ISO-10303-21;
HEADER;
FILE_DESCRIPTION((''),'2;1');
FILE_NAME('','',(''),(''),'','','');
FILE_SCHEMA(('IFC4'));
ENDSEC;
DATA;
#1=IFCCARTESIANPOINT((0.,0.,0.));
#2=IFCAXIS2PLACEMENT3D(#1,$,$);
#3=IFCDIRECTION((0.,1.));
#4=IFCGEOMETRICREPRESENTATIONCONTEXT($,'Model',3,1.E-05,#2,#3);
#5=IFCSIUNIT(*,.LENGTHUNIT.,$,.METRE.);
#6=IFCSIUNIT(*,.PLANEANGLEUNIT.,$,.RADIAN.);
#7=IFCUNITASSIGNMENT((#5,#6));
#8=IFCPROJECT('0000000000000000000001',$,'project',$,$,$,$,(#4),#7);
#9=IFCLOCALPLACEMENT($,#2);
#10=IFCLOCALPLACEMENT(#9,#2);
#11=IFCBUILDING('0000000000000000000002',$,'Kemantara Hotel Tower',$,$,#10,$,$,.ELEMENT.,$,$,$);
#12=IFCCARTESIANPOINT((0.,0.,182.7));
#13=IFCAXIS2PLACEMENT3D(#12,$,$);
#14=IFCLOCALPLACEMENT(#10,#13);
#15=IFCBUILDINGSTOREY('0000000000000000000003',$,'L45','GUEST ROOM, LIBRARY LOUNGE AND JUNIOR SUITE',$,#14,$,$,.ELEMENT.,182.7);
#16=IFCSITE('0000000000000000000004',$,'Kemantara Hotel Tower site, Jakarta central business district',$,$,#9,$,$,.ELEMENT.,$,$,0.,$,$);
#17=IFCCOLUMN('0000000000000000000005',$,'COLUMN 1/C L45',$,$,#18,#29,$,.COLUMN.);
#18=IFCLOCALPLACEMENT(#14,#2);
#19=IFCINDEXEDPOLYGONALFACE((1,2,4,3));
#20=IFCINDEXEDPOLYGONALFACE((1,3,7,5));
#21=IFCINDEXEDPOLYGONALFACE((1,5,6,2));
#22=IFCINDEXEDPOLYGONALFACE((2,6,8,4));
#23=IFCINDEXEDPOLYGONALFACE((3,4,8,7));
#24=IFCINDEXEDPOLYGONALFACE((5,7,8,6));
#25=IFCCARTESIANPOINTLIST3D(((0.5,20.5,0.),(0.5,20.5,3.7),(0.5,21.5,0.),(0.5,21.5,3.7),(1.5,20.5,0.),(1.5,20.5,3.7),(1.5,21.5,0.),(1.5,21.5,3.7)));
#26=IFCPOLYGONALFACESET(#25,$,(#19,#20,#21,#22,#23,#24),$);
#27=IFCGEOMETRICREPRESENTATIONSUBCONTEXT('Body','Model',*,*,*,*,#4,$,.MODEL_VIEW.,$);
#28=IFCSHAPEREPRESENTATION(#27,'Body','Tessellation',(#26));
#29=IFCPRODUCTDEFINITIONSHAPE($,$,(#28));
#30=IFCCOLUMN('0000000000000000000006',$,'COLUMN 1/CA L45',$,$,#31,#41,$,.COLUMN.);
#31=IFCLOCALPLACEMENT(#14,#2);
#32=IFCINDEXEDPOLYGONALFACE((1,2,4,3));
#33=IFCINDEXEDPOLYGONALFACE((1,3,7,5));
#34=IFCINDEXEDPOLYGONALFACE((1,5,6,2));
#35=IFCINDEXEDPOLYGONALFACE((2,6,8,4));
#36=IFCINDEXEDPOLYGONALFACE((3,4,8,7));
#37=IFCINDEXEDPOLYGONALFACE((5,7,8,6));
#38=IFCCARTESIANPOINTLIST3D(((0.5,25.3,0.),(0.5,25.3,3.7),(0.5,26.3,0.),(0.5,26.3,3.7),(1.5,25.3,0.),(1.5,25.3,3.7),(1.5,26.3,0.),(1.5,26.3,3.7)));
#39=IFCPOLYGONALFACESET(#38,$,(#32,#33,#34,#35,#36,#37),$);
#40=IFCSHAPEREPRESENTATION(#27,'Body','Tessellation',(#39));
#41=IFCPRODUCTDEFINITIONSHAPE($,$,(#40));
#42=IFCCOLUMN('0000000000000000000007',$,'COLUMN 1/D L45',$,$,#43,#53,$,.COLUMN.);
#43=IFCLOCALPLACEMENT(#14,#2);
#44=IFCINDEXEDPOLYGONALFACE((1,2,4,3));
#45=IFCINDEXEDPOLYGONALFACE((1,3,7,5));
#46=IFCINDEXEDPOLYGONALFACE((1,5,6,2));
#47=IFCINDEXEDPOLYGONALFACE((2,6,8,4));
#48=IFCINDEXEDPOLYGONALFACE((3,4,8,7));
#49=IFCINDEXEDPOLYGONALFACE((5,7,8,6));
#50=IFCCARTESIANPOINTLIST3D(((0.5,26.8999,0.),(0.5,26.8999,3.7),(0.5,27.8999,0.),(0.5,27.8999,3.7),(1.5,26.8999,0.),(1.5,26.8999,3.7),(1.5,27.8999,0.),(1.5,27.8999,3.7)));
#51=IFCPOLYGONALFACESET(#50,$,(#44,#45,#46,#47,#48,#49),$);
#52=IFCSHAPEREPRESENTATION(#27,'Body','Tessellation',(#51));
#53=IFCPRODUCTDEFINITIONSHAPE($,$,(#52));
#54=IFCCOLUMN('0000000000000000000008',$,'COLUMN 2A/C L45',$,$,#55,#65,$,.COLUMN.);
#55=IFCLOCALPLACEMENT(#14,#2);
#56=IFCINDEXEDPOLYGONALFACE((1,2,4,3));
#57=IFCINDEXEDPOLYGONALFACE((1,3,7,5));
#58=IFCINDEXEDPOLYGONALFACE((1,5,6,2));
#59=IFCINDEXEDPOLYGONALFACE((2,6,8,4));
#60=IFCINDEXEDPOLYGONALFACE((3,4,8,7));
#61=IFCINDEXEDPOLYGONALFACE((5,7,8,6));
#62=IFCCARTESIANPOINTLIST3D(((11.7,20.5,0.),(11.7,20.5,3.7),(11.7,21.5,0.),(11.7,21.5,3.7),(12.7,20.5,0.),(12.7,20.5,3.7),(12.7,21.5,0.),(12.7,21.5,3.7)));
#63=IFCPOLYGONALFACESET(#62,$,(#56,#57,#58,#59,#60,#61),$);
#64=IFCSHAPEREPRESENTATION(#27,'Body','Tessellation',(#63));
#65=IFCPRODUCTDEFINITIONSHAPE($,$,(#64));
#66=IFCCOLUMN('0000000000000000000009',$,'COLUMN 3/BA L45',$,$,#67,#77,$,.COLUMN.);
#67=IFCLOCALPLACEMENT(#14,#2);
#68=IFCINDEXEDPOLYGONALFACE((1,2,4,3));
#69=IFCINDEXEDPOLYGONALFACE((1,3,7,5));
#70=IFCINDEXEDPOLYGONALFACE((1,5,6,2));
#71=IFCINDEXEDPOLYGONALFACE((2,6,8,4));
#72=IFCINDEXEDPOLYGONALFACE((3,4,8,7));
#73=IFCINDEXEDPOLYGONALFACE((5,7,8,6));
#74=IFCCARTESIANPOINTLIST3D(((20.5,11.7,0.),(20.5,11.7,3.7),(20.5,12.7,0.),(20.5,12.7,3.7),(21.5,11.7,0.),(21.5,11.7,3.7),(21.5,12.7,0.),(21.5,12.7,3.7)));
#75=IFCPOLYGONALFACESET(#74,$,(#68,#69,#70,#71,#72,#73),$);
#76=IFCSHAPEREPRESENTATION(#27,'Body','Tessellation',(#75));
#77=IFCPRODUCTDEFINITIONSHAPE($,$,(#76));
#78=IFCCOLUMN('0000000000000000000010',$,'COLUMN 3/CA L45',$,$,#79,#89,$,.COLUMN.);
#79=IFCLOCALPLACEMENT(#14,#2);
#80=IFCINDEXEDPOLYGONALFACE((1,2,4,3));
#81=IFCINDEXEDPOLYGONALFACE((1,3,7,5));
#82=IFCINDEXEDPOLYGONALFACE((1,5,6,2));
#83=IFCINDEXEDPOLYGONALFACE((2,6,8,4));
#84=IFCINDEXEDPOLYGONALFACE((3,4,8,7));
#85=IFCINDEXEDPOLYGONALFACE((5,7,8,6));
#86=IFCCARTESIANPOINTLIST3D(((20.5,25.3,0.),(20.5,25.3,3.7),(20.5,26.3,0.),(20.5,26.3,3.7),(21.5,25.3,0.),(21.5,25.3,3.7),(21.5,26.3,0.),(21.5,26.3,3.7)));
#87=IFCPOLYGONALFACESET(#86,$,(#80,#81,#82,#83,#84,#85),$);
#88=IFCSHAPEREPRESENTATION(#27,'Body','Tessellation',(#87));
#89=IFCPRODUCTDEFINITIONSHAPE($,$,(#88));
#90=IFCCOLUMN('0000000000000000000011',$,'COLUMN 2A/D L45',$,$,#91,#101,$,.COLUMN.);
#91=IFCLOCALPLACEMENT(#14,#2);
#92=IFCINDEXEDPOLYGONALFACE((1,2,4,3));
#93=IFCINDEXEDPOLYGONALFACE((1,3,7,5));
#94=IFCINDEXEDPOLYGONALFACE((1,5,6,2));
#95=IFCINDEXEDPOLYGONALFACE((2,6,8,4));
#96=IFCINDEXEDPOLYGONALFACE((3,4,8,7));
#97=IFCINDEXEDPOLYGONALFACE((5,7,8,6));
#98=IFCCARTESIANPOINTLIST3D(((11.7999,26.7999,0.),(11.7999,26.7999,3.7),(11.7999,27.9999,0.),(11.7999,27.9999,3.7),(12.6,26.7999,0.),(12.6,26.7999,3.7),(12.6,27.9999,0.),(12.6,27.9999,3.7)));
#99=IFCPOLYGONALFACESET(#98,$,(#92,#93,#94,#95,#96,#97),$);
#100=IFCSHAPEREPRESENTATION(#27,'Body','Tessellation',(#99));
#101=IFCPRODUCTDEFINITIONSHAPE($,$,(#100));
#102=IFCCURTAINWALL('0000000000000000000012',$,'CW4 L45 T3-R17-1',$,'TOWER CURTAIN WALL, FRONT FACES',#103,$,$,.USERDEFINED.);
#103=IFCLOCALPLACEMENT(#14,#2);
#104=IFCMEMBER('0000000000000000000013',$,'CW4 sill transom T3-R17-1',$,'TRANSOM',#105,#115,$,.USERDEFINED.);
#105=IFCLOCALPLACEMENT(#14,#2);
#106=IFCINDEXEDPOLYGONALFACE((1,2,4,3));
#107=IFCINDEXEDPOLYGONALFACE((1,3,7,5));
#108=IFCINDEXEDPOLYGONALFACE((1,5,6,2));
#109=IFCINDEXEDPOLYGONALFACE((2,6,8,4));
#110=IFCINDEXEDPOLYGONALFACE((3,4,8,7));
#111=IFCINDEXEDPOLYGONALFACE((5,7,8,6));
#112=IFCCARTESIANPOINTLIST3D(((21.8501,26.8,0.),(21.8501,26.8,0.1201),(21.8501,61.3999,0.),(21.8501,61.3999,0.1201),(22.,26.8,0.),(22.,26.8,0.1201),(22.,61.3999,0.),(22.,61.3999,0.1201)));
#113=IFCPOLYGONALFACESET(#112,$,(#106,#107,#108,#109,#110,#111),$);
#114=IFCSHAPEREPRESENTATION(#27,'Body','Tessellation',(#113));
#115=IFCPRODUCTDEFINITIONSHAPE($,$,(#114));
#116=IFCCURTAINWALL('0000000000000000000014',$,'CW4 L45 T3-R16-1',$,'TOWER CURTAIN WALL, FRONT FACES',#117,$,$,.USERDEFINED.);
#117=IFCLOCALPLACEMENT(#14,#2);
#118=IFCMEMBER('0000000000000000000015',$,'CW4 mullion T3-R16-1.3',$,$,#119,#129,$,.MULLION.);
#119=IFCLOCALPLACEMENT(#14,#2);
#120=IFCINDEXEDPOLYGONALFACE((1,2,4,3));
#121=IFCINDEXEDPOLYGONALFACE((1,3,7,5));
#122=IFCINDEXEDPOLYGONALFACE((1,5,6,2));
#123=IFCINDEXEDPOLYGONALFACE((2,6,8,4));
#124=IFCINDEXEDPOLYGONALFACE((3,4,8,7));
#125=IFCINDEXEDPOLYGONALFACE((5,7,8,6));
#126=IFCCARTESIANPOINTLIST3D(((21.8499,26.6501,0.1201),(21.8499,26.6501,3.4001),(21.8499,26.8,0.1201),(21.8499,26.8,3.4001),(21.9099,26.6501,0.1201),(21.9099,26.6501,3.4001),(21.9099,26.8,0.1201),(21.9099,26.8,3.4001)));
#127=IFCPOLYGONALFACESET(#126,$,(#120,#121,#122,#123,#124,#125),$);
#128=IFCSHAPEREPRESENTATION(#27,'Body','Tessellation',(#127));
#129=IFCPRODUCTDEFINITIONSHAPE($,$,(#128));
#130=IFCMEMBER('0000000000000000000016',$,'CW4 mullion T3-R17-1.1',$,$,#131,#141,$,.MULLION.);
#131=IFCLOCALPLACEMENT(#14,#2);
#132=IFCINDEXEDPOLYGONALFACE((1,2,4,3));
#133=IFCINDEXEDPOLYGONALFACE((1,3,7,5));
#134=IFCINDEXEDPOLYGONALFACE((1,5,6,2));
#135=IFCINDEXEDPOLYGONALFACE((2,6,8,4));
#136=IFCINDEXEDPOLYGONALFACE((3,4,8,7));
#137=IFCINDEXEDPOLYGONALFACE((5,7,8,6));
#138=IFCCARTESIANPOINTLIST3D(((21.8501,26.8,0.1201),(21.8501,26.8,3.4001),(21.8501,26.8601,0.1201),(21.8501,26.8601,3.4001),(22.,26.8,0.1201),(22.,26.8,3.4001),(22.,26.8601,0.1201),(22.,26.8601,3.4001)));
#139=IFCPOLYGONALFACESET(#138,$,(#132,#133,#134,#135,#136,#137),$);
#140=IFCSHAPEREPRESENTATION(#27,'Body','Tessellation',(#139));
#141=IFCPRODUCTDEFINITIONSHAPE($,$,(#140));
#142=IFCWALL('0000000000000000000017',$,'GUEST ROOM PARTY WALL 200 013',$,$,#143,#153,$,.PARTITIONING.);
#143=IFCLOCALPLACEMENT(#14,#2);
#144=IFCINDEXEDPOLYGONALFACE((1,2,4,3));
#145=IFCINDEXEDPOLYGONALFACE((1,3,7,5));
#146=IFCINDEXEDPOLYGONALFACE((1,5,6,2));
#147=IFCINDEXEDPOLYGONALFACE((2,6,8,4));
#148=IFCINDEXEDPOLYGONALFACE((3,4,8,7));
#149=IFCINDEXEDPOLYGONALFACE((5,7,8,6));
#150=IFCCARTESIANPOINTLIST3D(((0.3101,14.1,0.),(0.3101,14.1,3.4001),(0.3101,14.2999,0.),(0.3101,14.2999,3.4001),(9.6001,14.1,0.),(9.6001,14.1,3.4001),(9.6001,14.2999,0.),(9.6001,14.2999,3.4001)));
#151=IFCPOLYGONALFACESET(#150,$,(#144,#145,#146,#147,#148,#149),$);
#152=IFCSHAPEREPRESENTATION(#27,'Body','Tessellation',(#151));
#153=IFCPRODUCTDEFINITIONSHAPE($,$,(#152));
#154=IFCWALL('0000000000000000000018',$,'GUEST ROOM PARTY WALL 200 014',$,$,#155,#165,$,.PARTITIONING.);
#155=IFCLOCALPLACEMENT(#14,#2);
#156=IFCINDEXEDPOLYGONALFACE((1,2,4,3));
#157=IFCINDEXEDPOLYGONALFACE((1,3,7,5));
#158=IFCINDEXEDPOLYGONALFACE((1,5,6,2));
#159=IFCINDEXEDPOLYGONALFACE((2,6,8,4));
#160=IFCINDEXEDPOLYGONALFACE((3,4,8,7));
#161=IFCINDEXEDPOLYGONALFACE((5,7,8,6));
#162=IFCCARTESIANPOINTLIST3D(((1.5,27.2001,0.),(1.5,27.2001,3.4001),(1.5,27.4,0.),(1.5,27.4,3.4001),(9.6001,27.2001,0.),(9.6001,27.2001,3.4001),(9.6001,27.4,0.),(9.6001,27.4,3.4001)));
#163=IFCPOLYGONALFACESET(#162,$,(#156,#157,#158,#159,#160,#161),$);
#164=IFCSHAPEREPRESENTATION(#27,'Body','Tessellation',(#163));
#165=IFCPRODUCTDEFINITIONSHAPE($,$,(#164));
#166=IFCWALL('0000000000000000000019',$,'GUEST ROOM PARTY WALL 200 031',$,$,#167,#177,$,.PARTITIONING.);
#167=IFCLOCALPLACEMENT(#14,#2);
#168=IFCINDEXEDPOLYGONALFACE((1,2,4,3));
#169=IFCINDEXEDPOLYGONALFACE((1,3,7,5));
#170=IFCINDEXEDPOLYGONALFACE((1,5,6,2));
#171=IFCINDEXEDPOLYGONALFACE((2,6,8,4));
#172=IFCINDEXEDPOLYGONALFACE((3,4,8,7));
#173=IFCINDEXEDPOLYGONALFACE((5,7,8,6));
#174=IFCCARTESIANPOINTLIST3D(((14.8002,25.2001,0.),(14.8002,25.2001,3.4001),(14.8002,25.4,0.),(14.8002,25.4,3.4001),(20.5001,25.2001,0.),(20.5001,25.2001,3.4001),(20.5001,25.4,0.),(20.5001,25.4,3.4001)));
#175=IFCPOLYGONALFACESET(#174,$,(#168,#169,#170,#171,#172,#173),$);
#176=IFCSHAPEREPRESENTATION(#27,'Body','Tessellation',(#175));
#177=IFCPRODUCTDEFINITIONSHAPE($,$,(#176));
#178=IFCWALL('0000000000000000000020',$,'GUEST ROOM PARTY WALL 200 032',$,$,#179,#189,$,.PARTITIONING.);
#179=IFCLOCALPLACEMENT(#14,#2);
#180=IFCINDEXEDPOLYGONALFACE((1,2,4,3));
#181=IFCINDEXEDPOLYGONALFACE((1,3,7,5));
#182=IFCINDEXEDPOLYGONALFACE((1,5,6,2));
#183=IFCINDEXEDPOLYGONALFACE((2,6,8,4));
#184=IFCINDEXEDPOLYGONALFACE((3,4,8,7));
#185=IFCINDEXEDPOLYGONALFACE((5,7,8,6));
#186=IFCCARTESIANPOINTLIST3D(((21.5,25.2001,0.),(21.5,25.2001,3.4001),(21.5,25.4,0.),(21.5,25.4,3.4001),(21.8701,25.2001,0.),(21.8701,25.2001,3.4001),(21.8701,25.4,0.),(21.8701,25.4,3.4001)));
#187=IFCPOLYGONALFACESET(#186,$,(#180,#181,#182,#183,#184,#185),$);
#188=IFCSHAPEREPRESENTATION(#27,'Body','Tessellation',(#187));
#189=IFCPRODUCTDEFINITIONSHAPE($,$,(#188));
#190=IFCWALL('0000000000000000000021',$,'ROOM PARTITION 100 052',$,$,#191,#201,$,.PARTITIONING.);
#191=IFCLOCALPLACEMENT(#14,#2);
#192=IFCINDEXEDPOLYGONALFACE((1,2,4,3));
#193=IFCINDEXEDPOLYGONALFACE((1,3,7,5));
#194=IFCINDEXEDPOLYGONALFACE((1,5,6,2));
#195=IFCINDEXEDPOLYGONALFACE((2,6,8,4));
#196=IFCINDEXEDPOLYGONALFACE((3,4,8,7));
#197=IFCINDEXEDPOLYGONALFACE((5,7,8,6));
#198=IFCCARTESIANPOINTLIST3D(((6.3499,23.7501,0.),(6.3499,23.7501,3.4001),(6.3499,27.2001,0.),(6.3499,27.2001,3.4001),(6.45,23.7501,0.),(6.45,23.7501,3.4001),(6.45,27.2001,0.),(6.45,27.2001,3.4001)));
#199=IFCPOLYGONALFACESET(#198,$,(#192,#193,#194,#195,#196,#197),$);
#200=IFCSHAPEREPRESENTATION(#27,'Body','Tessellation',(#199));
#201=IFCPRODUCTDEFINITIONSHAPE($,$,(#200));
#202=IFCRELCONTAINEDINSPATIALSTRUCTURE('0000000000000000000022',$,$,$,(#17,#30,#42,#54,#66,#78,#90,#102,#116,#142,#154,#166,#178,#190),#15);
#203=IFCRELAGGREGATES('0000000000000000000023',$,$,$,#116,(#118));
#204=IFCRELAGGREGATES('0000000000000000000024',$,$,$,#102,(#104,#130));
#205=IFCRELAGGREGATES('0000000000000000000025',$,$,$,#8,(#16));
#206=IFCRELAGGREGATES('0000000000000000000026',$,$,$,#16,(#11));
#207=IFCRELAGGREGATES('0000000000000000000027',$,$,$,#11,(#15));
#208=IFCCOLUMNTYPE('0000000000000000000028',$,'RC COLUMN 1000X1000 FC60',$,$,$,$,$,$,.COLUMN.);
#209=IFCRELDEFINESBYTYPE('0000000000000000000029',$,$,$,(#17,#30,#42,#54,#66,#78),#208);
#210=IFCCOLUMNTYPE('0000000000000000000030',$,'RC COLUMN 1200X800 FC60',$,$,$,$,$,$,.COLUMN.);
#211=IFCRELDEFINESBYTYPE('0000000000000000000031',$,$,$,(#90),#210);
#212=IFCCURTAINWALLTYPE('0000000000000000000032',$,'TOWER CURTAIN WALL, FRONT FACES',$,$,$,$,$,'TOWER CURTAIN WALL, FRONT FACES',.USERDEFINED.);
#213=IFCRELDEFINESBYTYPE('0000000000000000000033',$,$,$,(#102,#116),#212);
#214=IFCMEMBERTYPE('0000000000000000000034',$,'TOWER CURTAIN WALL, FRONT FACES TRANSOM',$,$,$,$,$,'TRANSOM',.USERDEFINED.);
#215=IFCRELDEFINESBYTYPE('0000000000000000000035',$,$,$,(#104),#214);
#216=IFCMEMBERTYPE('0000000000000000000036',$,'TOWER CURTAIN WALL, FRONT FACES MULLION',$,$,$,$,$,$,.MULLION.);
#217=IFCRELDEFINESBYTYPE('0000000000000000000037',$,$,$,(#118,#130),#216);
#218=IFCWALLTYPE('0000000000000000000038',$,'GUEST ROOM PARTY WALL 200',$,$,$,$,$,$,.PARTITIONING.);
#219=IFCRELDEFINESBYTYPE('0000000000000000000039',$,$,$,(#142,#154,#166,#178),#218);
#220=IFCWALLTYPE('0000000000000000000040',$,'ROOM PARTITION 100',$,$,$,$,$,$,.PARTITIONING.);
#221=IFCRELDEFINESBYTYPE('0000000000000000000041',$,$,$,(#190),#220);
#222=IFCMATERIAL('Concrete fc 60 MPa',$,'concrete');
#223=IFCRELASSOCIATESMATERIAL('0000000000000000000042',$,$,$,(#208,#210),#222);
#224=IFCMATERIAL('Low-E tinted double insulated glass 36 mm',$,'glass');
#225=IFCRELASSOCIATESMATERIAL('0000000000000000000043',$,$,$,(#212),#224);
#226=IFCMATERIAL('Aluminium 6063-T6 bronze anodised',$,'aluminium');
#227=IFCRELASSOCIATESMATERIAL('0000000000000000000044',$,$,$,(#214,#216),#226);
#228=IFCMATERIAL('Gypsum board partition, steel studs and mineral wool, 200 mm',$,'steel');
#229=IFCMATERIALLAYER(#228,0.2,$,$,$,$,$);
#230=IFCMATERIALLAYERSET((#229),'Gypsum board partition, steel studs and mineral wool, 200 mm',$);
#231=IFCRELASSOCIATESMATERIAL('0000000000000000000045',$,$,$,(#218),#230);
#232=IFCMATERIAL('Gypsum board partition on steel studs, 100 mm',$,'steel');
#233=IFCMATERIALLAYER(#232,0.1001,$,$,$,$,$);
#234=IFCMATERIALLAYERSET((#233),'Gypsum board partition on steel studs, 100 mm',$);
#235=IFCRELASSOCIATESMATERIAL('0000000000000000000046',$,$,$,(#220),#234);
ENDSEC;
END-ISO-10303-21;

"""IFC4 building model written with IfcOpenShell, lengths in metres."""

from ifc_helpers import new_model, si_unit, direction, frame, frame_2d, origin, origin_2d, place, context, subcontext, project, spatial, rectangle, extrude, source, transform, mapped, material, layer, layer_set, material_profile, profile_set, type_object, element, aggregate, save


model = new_model("IFC4")

# Units and contexts
model_context = context("Model", 3, precision=1e-05, world=origin(), true_north=direction((0.0, 1.0)))
body_context = subcontext(model_context, "Body", "Model", "MODEL_VIEW")
ifc_project = project(units=[si_unit("LENGTHUNIT", "METRE"), si_unit("PLANEANGLEUNIT", "RADIAN")], contexts=[model_context])

# Site, building, storey
site_placement = place(None, origin())
site = spatial("IfcSite", under=ifc_project, at=site_placement, Name="Kemantara Hotel Tower site, Jakarta central business district", CompositionType="ELEMENT", RefElevation=0.0)
building_placement = place(site_placement, origin())
building = spatial("IfcBuilding", under=site, at=building_placement, Name="Kemantara Hotel Tower", CompositionType="ELEMENT")
storey_placement = place(building_placement, frame((0.0, 0.0, 182.7)))
storey = spatial("IfcBuildingStorey", under=building, at=storey_placement, Name="L45", Description="GUEST ROOM, LIBRARY LOUNGE AND JUNIOR SUITE", CompositionType="ELEMENT", Elevation=182.7)

# Columns
ifc_material_1 = material(Name="Concrete fc 60 MPa", Category="concrete")
ifc_material_profile_1 = material_profile(ifc_material_1, rectangle(XDim=1.0, YDim=1.0, at=origin_2d()), Name="RC 1000X1000")
ifc_profile_set_1 = profile_set([ifc_material_profile_1], Name="Concrete fc 60 MPa")
column_type_1 = type_object("IfcColumnType", Name="RC COLUMN 1000X1000 FC60", PredefinedType="COLUMN", material=ifc_profile_set_1)
for number, where, z_axis, x_axis, name in (
    (1, (1.0, 21.0, 0.0), (0.0, 0.0, 1.0), (1.0, 0.0, 0.0), "COLUMN 1/C L45"),
    (2, (1.0, 25.8, 0.0), (0.0, 0.0, 1.0), (1.0, 0.0, 0.0), "COLUMN 1/CA L45"),
    (3, (1.0, 27.3999, 0.0), (0.0, 0.0, 1.0), (1.0, 0.0, 0.0), "COLUMN 1/D L45"),
    (4, (12.2, 21.0, 0.0), (0.0, 0.0, 1.0), (1.0, 0.0, 0.0), "COLUMN 2A/C L45"),
    (5, (21.0, 12.2, 0.0), (0.0, 0.0, 1.0), (1.0, 0.0, 0.0), "COLUMN 3/BA L45"),
    (6, (21.0, 25.8, 0.0), (0.0, 0.0, 1.0), (1.0, 0.0, 0.0), "COLUMN 3/CA L45"),
):
    element("IfcColumn", number, at=place(storey_placement, frame(where, z_axis=z_axis, x_axis=x_axis)), inside=storey, type_object=column_type_1, Name=name, PredefinedType="COLUMN", context=body_context, shape_type="SweptSolid", body=[
        extrude(rectangle(XDim=1.0, YDim=1.0, at=origin_2d()), origin(), (0.0, 0.0, 1.0), 3.7),
    ])
ifc_material_profile_2 = material_profile(ifc_material_1, rectangle(XDim=1.2, YDim=0.8, at=origin_2d()), Name="RC 1200X800")
ifc_profile_set_2 = profile_set([ifc_material_profile_2], Name="Concrete fc 60 MPa")
column_type_2 = type_object("IfcColumnType", Name="RC COLUMN 1200X800 FC60", PredefinedType="COLUMN", material=ifc_profile_set_2)
column_placement = place(storey_placement, frame((12.2, 27.3999, 0.0), z_axis=(0.0, 0.0, 1.0), x_axis=(0.0, 1.0, 0.0)))
element("IfcColumn", 7, at=column_placement, inside=storey, type_object=column_type_2, Name="COLUMN 2A/D L45", PredefinedType="COLUMN", context=body_context, shape_type="SweptSolid", body=[
    extrude(rectangle(XDim=1.2, YDim=0.8, at=origin_2d()), origin(), (0.0, 0.0, 1.0), 3.7),
])

# Curtain walls, members
ifc_material_2 = material(Name="Low-E tinted double insulated glass 36 mm", Category="glass")
curtain_wall_type = type_object("IfcCurtainWallType", Name="TOWER CURTAIN WALL, FRONT FACES", ElementType="TOWER CURTAIN WALL, FRONT FACES", PredefinedType="USERDEFINED", material=ifc_material_2)
curtain_wall_1_placement = place(storey_placement, origin())
curtain_wall_1 = element("IfcCurtainWall", 8, at=curtain_wall_1_placement, inside=storey, type_object=curtain_wall_type, Name="CW4 L45 T3-R17-1", ObjectType="TOWER CURTAIN WALL, FRONT FACES", PredefinedType="USERDEFINED")
ifc_material_3 = material(Name="Aluminium 6063-T6 bronze anodised", Category="aluminium")
ifc_material_profile_3 = material_profile(ifc_material_3, rectangle(XDim=0.1499, YDim=0.1201, at=origin_2d()), Name="TOWER CURTAIN WALL, FRONT FACES TRANSOM")
ifc_profile_set_3 = profile_set([ifc_material_profile_3], Name="Aluminium 6063-T6 bronze anodised")
member_type_1 = type_object("IfcMemberType", Name="TOWER CURTAIN WALL, FRONT FACES TRANSOM", ElementType="TRANSOM", PredefinedType="USERDEFINED", material=ifc_profile_set_3)
member_1_placement = place(storey_placement, frame((21.925, 26.8, 0.0601), z_axis=(0.0, 1.0, 0.0), x_axis=(-1.0, 0.0, 0.0)))
member_1 = element("IfcMember", 9, at=member_1_placement, type_object=member_type_1, Name="CW4 sill transom T3-R17-1", ObjectType="TRANSOM", PredefinedType="USERDEFINED", context=body_context, shape_type="SweptSolid", body=[
    extrude(rectangle(XDim=0.1499, YDim=0.1201, at=origin_2d()), origin(), (0.0, 0.0, 1.0), 34.5999),
])
curtain_wall_2_placement = place(storey_placement, origin())
curtain_wall_2 = element("IfcCurtainWall", 10, at=curtain_wall_2_placement, inside=storey, type_object=curtain_wall_type, Name="CW4 L45 T3-R16-1", ObjectType="TOWER CURTAIN WALL, FRONT FACES", PredefinedType="USERDEFINED")
ifc_material_profile_4 = material_profile(ifc_material_3, rectangle(XDim=0.1499, YDim=0.0601, at=origin_2d()), Name="TOWER CURTAIN WALL, FRONT FACES MULLION")
ifc_profile_set_4 = profile_set([ifc_material_profile_4], Name="Aluminium 6063-T6 bronze anodised")
member_type_2 = type_object("IfcMemberType", Name="TOWER CURTAIN WALL, FRONT FACES MULLION", PredefinedType="MULLION", material=ifc_profile_set_4)
shared_shape_1 = source(origin(), body_context, "Body", "SweptSolid", [
    extrude(rectangle(XDim=0.1499, YDim=0.0601, at=origin_2d()), origin(), (0.0, 0.0, 1.0), 3.28),
])
member_2_placement = place(storey_placement, frame((21.8799, 26.7251, 0.1201), z_axis=(0.0, 0.0, 1.0), x_axis=(0.0, -1.0, 0.0)))
member_2 = element("IfcMember", 11, at=member_2_placement, type_object=member_type_2, Name="CW4 mullion T3-R16-1.3", PredefinedType="MULLION", context=body_context, shape_type="MappedRepresentation", body=[
    mapped(shared_shape_1, transform((0.0, 0.0, 0.0))),
])
aggregate(curtain_wall_2, [member_2])

# Member
member_3_placement = place(storey_placement, frame((21.925, 26.8301, 0.1201), z_axis=(0.0, 0.0, 1.0), x_axis=(-1.0, 0.0, 0.0)))
member_3 = element("IfcMember", 12, at=member_3_placement, type_object=member_type_2, Name="CW4 mullion T3-R17-1.1", PredefinedType="MULLION", context=body_context, shape_type="MappedRepresentation", body=[
    mapped(shared_shape_1, transform((0.0, 0.0, 0.0))),
])
aggregate(curtain_wall_1, [member_1, member_3])

# Walls
ifc_material_4 = material(Name="Gypsum board partition, steel studs and mineral wool, 200 mm", Category="steel")
ifc_layer_1 = layer(ifc_material_4, 0.2)
ifc_layer_set_1 = layer_set([ifc_layer_1], Name="Gypsum board partition, steel studs and mineral wool, 200 mm")
wall_type_1 = type_object("IfcWallType", Name="GUEST ROOM PARTY WALL 200", PredefinedType="PARTITIONING", material=ifc_layer_set_1)
wall_1_placement = place(storey_placement, frame((0.3101, 14.2, 0.0), z_axis=(0.0, 0.0, 1.0), x_axis=(1.0, 0.0, 0.0)))
element("IfcWall", 13, at=wall_1_placement, inside=storey, type_object=wall_type_1, Name="GUEST ROOM PARTY WALL 200 013", PredefinedType="PARTITIONING", context=body_context, shape_type="SweptSolid", body=[
    extrude(rectangle(XDim=9.29, YDim=0.2, at=frame_2d((4.645, 0.0))), origin(), (0.0, 0.0, 1.0), 3.4001),
])
wall_2_placement = place(storey_placement, frame((1.5, 27.3, 0.0), z_axis=(0.0, 0.0, 1.0), x_axis=(1.0, 0.0, 0.0)))
element("IfcWall", 14, at=wall_2_placement, inside=storey, type_object=wall_type_1, Name="GUEST ROOM PARTY WALL 200 014", PredefinedType="PARTITIONING", context=body_context, shape_type="SweptSolid", body=[
    extrude(rectangle(XDim=8.1001, YDim=0.2, at=frame_2d((4.05, 0.0))), origin(), (0.0, 0.0, 1.0), 3.4001),
])
wall_3_placement = place(storey_placement, frame((14.8, 25.3, 0.0), z_axis=(0.0, 0.0, 1.0), x_axis=(1.0, 0.0, 0.0)))
element("IfcWall", 15, at=wall_3_placement, inside=storey, type_object=wall_type_1, Name="GUEST ROOM PARTY WALL 200 031", PredefinedType="PARTITIONING", context=body_context, shape_type="SweptSolid", body=[
    extrude(rectangle(XDim=5.7, YDim=0.2, at=frame_2d((2.8501, 0.0))), origin(), (0.0, 0.0, 1.0), 3.4001),
])
wall_4_placement = place(storey_placement, frame((21.5, 25.3, 0.0), z_axis=(0.0, 0.0, 1.0), x_axis=(1.0, 0.0, 0.0)))
element("IfcWall", 16, at=wall_4_placement, inside=storey, type_object=wall_type_1, Name="GUEST ROOM PARTY WALL 200 032", PredefinedType="PARTITIONING", context=body_context, shape_type="SweptSolid", body=[
    extrude(rectangle(XDim=0.3701, YDim=0.2, at=frame_2d((0.1851, 0.0))), origin(), (0.0, 0.0, 1.0), 3.4001),
])
ifc_material_5 = material(Name="Gypsum board partition on steel studs, 100 mm", Category="steel")
ifc_layer_2 = layer(ifc_material_5, 0.1001)
ifc_layer_set_2 = layer_set([ifc_layer_2], Name="Gypsum board partition on steel studs, 100 mm")
wall_type_2 = type_object("IfcWallType", Name="ROOM PARTITION 100", PredefinedType="PARTITIONING", material=ifc_layer_set_2)
wall_5_placement = place(storey_placement, frame((6.3999, 23.75, 0.0), z_axis=(0.0, 0.0, 1.0), x_axis=(0.0, 1.0, 0.0)))
element("IfcWall", 17, at=wall_5_placement, inside=storey, type_object=wall_type_2, Name="ROOM PARTITION 100 052", PredefinedType="PARTITIONING", context=body_context, shape_type="SweptSolid", body=[
    extrude(rectangle(XDim=3.45, YDim=0.1001, at=frame_2d((1.7251, 0.0))), origin(), (0.0, 0.0, 1.0), 3.4001),
])

save(model, "model.ifc")
